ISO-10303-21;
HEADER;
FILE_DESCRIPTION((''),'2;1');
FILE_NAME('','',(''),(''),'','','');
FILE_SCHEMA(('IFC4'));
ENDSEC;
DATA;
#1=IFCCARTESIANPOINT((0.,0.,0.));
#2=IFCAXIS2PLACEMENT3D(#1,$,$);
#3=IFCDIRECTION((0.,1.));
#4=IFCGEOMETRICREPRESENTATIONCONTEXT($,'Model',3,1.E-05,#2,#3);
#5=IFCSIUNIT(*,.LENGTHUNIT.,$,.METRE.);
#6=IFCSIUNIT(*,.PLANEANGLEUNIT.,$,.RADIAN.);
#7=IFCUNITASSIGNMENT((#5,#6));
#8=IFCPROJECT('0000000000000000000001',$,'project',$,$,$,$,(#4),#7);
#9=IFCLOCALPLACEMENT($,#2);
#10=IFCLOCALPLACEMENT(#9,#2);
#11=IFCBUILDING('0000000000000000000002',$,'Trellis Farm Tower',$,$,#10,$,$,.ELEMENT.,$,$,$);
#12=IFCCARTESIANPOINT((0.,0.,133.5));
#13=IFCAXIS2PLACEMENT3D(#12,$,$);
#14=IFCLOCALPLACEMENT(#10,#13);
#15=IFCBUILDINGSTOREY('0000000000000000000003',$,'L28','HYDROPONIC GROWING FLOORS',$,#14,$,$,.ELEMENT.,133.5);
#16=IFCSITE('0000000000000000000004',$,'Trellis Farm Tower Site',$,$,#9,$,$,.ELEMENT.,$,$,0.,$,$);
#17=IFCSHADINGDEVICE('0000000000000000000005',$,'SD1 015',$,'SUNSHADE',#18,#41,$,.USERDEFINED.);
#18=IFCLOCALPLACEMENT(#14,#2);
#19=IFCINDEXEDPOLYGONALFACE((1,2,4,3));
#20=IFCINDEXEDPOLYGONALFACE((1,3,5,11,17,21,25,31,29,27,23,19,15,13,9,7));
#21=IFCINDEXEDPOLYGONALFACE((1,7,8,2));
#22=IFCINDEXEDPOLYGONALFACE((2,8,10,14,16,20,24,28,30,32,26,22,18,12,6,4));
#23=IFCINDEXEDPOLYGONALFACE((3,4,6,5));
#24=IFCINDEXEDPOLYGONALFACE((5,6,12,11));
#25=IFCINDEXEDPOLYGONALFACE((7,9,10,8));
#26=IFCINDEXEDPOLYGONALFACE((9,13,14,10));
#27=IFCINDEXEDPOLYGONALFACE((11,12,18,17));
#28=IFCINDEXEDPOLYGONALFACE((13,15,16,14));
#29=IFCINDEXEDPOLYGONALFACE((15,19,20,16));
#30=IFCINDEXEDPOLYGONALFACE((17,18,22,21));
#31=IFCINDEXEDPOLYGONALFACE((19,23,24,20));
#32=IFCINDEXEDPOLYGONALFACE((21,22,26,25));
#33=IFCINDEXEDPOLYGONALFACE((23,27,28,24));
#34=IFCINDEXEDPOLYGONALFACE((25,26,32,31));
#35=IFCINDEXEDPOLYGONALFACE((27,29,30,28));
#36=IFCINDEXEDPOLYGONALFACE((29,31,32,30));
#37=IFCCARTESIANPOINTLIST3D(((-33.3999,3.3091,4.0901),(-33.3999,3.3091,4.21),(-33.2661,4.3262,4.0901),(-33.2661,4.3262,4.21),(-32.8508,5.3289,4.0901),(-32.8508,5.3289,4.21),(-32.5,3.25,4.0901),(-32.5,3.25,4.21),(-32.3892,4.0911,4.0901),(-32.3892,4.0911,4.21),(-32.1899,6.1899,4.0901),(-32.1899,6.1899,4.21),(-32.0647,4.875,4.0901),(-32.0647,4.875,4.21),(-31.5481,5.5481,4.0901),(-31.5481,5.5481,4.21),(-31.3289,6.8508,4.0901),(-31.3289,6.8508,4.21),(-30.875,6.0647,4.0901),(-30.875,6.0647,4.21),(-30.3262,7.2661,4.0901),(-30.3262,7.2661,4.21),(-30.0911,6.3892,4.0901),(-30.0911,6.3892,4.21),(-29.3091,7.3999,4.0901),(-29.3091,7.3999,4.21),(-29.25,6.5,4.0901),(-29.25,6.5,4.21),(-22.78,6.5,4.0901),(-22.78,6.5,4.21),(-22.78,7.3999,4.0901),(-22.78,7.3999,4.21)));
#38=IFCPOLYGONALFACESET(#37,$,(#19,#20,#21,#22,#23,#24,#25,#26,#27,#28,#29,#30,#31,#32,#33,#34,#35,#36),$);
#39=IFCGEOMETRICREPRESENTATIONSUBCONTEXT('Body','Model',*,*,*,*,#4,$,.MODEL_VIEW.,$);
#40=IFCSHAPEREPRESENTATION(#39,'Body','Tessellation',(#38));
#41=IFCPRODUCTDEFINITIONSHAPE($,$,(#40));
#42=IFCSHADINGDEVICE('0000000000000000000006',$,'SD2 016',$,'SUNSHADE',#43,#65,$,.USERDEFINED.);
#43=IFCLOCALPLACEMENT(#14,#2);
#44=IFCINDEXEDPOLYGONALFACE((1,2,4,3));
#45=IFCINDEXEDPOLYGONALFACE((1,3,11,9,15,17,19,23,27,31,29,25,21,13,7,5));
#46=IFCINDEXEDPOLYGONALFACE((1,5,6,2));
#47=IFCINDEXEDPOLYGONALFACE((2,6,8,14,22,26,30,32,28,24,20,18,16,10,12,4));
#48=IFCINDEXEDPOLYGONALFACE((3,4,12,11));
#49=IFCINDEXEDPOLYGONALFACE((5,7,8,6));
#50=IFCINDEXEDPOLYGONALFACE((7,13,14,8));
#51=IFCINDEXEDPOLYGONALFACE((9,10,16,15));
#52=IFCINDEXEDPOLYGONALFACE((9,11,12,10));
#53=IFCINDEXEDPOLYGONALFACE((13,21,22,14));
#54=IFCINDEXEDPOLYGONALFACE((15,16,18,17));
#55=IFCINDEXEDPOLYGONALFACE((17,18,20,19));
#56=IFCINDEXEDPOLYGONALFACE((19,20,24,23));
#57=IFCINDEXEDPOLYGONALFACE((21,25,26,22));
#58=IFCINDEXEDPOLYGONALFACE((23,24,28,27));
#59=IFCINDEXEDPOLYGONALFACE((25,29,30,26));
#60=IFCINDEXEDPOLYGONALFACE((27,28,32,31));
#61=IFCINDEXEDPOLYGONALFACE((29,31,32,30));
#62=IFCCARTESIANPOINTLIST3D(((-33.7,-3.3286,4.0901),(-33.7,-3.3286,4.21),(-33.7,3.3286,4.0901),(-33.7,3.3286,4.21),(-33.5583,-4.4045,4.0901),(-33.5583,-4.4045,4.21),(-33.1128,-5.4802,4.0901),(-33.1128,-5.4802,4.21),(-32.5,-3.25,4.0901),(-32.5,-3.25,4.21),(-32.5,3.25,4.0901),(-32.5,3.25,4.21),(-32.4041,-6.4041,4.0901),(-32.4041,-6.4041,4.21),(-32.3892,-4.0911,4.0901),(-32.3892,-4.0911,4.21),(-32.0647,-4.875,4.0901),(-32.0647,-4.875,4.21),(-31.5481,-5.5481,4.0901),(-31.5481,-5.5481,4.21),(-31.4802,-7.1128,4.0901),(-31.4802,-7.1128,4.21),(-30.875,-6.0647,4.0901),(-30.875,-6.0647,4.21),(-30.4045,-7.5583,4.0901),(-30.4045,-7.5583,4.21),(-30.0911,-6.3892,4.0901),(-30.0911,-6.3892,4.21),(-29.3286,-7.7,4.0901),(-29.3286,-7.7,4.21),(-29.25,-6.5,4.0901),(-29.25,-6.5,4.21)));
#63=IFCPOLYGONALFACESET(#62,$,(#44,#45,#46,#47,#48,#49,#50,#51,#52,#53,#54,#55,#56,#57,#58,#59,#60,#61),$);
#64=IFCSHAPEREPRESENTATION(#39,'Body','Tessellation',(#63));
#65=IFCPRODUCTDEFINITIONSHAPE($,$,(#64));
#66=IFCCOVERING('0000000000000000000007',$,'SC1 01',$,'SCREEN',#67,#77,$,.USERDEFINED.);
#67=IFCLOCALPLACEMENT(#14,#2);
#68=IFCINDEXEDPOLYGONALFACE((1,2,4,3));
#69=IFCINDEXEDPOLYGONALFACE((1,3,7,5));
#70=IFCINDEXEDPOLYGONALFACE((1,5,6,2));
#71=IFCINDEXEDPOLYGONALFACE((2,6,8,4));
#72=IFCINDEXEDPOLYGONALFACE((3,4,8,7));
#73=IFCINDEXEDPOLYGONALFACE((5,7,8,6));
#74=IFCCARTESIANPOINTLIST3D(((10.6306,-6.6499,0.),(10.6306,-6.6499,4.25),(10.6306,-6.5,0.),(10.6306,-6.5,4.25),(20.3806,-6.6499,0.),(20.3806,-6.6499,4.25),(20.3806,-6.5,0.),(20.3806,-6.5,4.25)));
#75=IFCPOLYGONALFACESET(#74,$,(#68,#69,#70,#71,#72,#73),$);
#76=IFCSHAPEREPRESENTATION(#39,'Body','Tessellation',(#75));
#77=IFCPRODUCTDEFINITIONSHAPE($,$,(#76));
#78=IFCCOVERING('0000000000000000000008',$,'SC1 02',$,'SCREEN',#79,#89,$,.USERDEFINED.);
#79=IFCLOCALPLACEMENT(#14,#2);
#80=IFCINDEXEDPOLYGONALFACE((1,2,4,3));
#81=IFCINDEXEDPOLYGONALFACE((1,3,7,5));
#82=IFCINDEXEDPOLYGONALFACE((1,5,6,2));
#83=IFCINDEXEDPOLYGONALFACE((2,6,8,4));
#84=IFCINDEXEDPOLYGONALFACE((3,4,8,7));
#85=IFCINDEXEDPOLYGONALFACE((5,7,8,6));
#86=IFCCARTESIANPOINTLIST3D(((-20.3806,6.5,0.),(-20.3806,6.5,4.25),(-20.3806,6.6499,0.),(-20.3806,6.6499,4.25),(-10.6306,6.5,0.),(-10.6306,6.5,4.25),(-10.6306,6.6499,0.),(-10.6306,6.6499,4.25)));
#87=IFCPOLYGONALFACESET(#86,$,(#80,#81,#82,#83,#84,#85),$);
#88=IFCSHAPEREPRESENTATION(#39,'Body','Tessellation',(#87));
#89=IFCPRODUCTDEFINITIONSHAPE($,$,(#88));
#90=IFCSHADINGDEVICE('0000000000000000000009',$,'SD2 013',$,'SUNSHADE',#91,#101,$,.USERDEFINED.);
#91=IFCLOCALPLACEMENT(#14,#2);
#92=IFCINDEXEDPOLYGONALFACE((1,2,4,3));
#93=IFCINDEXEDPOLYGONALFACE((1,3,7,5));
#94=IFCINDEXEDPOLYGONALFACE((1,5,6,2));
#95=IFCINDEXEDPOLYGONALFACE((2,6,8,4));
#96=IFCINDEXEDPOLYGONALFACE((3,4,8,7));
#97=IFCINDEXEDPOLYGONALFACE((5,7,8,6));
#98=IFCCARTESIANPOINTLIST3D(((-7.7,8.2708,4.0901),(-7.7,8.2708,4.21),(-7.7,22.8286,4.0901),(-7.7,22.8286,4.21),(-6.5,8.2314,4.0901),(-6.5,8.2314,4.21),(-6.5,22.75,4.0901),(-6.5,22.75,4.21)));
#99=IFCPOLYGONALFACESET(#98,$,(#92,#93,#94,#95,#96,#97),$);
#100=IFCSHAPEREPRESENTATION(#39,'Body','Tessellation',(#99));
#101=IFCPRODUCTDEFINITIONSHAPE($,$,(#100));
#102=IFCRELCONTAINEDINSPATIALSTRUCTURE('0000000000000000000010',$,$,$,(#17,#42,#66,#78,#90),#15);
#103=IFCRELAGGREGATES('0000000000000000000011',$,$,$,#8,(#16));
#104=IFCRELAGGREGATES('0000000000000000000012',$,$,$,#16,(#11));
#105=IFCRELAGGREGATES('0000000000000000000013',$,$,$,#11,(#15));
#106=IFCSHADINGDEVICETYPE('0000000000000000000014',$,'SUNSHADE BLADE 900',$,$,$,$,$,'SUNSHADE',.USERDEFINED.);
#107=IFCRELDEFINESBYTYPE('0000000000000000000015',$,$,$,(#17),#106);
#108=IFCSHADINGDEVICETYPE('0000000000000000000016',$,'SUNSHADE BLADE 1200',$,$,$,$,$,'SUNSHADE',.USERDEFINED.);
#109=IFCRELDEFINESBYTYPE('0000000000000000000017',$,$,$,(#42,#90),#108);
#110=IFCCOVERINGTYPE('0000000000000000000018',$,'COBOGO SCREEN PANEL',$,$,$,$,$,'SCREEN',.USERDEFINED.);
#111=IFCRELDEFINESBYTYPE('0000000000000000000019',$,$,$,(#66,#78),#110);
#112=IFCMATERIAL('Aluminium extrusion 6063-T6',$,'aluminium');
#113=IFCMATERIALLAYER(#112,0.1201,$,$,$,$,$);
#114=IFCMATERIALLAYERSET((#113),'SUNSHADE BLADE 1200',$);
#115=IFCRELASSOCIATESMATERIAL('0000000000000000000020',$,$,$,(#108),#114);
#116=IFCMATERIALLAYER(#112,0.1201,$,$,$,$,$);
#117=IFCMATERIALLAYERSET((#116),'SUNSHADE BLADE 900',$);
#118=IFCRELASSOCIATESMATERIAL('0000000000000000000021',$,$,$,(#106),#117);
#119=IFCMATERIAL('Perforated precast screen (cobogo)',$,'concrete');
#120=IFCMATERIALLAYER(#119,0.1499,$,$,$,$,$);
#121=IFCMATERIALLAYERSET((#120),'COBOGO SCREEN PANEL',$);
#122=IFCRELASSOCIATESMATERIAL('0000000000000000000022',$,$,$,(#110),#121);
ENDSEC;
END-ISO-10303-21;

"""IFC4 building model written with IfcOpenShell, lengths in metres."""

from ifc_helpers import new_model, si_unit, direction, frame, origin, place, context, subcontext, project, spatial, polyline, outline, extrude, source, transform, mapped, material, layer, layer_set, type_object, element, save


model = new_model("IFC4")

# Units and contexts
model_context = context("Model", 3, precision=1e-05, world=origin(), true_north=direction((0.0, 1.0)))
body_context = subcontext(model_context, "Body", "Model", "MODEL_VIEW")
ifc_project = project(units=[si_unit("LENGTHUNIT", "METRE"), si_unit("PLANEANGLEUNIT", "RADIAN")], contexts=[model_context])

# Site, building, storey
site_placement = place(None, origin())
site = spatial("IfcSite", under=ifc_project, at=site_placement, Name="Trellis Farm Tower Site", CompositionType="ELEMENT", RefElevation=0.0)
building_placement = place(site_placement, origin())
building = spatial("IfcBuilding", under=site, at=building_placement, Name="Trellis Farm Tower", CompositionType="ELEMENT")
storey_placement = place(building_placement, frame((0.0, 0.0, 133.5)))
storey = spatial("IfcBuildingStorey", under=building, at=storey_placement, Name="L28", Description="HYDROPONIC GROWING FLOORS", CompositionType="ELEMENT", Elevation=133.5)

# Shared definitions
placement_1 = place(storey_placement, origin())
ifc_material_1 = material(Name="Aluminium extrusion 6063-T6", Category="aluminium")

# Shading devices
ifc_layer_1 = layer(ifc_material_1, 0.1201)
ifc_layer_set_1 = layer_set([ifc_layer_1], Name="SUNSHADE BLADE 1200")
shading_device_type_1 = type_object("IfcShadingDeviceType", Name="SUNSHADE BLADE 1200", ElementType="SUNSHADE", PredefinedType="USERDEFINED", material=ifc_layer_set_1)
placement_2 = place(storey_placement, frame((0.0, 0.0, 4.0901)))
ifc_layer_2 = layer(ifc_material_1, 0.1201)
ifc_layer_set_2 = layer_set([ifc_layer_2], Name="SUNSHADE BLADE 900")
shading_device_type_2 = type_object("IfcShadingDeviceType", Name="SUNSHADE BLADE 900", ElementType="SUNSHADE", PredefinedType="USERDEFINED", material=ifc_layer_set_2)
shared_shape_1 = source(origin(), body_context, "Body", "SweptSolid", [
    extrude(outline(polyline([(-22.78, 7.3999), (-29.3091, 7.3999), (-30.3262, 7.2661), (-31.3289, 6.8508), (-32.1899, 6.1899), (-32.8508, 5.3289), (-33.2661, 4.3262), (-33.3999, 3.3091), (-32.5, 3.25), (-32.3892, 4.0911), (-32.0647, 4.875), (-31.5481, 5.5481), (-30.875, 6.0647), (-30.0911, 6.3892), (-29.25, 6.5), (-22.78, 6.5), (-22.78, 7.3999)])), origin(), (0.0, 0.0, 1.0), 0.1199),
])
element("IfcShadingDevice", 1, at=placement_2, inside=storey, type_object=shading_device_type_2, Name="SD1 015", ObjectType="SUNSHADE", PredefinedType="USERDEFINED", context=body_context, shape_type="MappedRepresentation", body=[
    mapped(shared_shape_1, transform((0.0, 0.0, 0.0))),
])
shared_shape_2 = source(origin(), body_context, "Body", "SweptSolid", [
    extrude(outline(polyline([(-33.7, 3.3286), (-33.7, -3.3286), (-33.5583, -4.4045), (-33.1128, -5.4802), (-32.4041, -6.4041), (-31.4802, -7.1128), (-30.4045, -7.5583), (-29.3286, -7.7), (-29.25, -6.5), (-30.0911, -6.3892), (-30.875, -6.0647), (-31.5481, -5.5481), (-32.0647, -4.875), (-32.3892, -4.0911), (-32.5, -3.25), (-32.5, 3.25), (-33.7, 3.3286)])), origin(), (0.0, 0.0, 1.0), 0.1199),
])
element("IfcShadingDevice", 2, at=placement_2, inside=storey, type_object=shading_device_type_1, Name="SD2 016", ObjectType="SUNSHADE", PredefinedType="USERDEFINED", context=body_context, shape_type="MappedRepresentation", body=[
    mapped(shared_shape_2, transform((0.0, 0.0, 0.0))),
])

# Coverings
ifc_material_2 = material(Name="Perforated precast screen (cobogo)", Category="concrete")
ifc_layer_3 = layer(ifc_material_2, 0.1499)
ifc_layer_set_3 = layer_set([ifc_layer_3], Name="COBOGO SCREEN PANEL")
covering_type = type_object("IfcCoveringType", Name="COBOGO SCREEN PANEL", ElementType="SCREEN", PredefinedType="USERDEFINED", material=ifc_layer_set_3)
shared_shape_3 = source(origin(), body_context, "Body", "SweptSolid", [
    extrude(outline(polyline([(10.6306, -6.6499), (20.3806, -6.6499), (20.3806, -6.5), (10.6306, -6.5), (10.6306, -6.6499)])), origin(), (0.0, 0.0, 1.0), 4.25),
])
element("IfcCovering", 3, at=placement_1, inside=storey, type_object=covering_type, Name="SC1 01", ObjectType="SCREEN", PredefinedType="USERDEFINED", context=body_context, shape_type="MappedRepresentation", body=[
    mapped(shared_shape_3, transform((0.0, 0.0, 0.0))),
])
shared_shape_4 = source(origin(), body_context, "Body", "SweptSolid", [
    extrude(outline(polyline([(-10.6306, 6.6499), (-20.3806, 6.6499), (-20.3806, 6.5), (-10.6306, 6.5), (-10.6306, 6.6499)])), origin(), (0.0, 0.0, 1.0), 4.25),
])
element("IfcCovering", 4, at=placement_1, inside=storey, type_object=covering_type, Name="SC1 02", ObjectType="SCREEN", PredefinedType="USERDEFINED", context=body_context, shape_type="MappedRepresentation", body=[
    mapped(shared_shape_4, transform((0.0, 0.0, 0.0))),
])

# Shading device
shared_shape_5 = source(origin(), body_context, "Body", "SweptSolid", [
    extrude(outline(polyline([(-7.7, 22.8286), (-7.7, 8.2708), (-6.5, 8.2314), (-6.5, 22.75), (-7.7, 22.8286)])), origin(), (0.0, 0.0, 1.0), 0.1199),
])
element("IfcShadingDevice", 5, at=placement_2, inside=storey, type_object=shading_device_type_1, Name="SD2 013", ObjectType="SUNSHADE", PredefinedType="USERDEFINED", context=body_context, shape_type="MappedRepresentation", body=[
    mapped(shared_shape_5, transform((0.0, 0.0, 0.0))),
])

save(model, "model.ifc")
